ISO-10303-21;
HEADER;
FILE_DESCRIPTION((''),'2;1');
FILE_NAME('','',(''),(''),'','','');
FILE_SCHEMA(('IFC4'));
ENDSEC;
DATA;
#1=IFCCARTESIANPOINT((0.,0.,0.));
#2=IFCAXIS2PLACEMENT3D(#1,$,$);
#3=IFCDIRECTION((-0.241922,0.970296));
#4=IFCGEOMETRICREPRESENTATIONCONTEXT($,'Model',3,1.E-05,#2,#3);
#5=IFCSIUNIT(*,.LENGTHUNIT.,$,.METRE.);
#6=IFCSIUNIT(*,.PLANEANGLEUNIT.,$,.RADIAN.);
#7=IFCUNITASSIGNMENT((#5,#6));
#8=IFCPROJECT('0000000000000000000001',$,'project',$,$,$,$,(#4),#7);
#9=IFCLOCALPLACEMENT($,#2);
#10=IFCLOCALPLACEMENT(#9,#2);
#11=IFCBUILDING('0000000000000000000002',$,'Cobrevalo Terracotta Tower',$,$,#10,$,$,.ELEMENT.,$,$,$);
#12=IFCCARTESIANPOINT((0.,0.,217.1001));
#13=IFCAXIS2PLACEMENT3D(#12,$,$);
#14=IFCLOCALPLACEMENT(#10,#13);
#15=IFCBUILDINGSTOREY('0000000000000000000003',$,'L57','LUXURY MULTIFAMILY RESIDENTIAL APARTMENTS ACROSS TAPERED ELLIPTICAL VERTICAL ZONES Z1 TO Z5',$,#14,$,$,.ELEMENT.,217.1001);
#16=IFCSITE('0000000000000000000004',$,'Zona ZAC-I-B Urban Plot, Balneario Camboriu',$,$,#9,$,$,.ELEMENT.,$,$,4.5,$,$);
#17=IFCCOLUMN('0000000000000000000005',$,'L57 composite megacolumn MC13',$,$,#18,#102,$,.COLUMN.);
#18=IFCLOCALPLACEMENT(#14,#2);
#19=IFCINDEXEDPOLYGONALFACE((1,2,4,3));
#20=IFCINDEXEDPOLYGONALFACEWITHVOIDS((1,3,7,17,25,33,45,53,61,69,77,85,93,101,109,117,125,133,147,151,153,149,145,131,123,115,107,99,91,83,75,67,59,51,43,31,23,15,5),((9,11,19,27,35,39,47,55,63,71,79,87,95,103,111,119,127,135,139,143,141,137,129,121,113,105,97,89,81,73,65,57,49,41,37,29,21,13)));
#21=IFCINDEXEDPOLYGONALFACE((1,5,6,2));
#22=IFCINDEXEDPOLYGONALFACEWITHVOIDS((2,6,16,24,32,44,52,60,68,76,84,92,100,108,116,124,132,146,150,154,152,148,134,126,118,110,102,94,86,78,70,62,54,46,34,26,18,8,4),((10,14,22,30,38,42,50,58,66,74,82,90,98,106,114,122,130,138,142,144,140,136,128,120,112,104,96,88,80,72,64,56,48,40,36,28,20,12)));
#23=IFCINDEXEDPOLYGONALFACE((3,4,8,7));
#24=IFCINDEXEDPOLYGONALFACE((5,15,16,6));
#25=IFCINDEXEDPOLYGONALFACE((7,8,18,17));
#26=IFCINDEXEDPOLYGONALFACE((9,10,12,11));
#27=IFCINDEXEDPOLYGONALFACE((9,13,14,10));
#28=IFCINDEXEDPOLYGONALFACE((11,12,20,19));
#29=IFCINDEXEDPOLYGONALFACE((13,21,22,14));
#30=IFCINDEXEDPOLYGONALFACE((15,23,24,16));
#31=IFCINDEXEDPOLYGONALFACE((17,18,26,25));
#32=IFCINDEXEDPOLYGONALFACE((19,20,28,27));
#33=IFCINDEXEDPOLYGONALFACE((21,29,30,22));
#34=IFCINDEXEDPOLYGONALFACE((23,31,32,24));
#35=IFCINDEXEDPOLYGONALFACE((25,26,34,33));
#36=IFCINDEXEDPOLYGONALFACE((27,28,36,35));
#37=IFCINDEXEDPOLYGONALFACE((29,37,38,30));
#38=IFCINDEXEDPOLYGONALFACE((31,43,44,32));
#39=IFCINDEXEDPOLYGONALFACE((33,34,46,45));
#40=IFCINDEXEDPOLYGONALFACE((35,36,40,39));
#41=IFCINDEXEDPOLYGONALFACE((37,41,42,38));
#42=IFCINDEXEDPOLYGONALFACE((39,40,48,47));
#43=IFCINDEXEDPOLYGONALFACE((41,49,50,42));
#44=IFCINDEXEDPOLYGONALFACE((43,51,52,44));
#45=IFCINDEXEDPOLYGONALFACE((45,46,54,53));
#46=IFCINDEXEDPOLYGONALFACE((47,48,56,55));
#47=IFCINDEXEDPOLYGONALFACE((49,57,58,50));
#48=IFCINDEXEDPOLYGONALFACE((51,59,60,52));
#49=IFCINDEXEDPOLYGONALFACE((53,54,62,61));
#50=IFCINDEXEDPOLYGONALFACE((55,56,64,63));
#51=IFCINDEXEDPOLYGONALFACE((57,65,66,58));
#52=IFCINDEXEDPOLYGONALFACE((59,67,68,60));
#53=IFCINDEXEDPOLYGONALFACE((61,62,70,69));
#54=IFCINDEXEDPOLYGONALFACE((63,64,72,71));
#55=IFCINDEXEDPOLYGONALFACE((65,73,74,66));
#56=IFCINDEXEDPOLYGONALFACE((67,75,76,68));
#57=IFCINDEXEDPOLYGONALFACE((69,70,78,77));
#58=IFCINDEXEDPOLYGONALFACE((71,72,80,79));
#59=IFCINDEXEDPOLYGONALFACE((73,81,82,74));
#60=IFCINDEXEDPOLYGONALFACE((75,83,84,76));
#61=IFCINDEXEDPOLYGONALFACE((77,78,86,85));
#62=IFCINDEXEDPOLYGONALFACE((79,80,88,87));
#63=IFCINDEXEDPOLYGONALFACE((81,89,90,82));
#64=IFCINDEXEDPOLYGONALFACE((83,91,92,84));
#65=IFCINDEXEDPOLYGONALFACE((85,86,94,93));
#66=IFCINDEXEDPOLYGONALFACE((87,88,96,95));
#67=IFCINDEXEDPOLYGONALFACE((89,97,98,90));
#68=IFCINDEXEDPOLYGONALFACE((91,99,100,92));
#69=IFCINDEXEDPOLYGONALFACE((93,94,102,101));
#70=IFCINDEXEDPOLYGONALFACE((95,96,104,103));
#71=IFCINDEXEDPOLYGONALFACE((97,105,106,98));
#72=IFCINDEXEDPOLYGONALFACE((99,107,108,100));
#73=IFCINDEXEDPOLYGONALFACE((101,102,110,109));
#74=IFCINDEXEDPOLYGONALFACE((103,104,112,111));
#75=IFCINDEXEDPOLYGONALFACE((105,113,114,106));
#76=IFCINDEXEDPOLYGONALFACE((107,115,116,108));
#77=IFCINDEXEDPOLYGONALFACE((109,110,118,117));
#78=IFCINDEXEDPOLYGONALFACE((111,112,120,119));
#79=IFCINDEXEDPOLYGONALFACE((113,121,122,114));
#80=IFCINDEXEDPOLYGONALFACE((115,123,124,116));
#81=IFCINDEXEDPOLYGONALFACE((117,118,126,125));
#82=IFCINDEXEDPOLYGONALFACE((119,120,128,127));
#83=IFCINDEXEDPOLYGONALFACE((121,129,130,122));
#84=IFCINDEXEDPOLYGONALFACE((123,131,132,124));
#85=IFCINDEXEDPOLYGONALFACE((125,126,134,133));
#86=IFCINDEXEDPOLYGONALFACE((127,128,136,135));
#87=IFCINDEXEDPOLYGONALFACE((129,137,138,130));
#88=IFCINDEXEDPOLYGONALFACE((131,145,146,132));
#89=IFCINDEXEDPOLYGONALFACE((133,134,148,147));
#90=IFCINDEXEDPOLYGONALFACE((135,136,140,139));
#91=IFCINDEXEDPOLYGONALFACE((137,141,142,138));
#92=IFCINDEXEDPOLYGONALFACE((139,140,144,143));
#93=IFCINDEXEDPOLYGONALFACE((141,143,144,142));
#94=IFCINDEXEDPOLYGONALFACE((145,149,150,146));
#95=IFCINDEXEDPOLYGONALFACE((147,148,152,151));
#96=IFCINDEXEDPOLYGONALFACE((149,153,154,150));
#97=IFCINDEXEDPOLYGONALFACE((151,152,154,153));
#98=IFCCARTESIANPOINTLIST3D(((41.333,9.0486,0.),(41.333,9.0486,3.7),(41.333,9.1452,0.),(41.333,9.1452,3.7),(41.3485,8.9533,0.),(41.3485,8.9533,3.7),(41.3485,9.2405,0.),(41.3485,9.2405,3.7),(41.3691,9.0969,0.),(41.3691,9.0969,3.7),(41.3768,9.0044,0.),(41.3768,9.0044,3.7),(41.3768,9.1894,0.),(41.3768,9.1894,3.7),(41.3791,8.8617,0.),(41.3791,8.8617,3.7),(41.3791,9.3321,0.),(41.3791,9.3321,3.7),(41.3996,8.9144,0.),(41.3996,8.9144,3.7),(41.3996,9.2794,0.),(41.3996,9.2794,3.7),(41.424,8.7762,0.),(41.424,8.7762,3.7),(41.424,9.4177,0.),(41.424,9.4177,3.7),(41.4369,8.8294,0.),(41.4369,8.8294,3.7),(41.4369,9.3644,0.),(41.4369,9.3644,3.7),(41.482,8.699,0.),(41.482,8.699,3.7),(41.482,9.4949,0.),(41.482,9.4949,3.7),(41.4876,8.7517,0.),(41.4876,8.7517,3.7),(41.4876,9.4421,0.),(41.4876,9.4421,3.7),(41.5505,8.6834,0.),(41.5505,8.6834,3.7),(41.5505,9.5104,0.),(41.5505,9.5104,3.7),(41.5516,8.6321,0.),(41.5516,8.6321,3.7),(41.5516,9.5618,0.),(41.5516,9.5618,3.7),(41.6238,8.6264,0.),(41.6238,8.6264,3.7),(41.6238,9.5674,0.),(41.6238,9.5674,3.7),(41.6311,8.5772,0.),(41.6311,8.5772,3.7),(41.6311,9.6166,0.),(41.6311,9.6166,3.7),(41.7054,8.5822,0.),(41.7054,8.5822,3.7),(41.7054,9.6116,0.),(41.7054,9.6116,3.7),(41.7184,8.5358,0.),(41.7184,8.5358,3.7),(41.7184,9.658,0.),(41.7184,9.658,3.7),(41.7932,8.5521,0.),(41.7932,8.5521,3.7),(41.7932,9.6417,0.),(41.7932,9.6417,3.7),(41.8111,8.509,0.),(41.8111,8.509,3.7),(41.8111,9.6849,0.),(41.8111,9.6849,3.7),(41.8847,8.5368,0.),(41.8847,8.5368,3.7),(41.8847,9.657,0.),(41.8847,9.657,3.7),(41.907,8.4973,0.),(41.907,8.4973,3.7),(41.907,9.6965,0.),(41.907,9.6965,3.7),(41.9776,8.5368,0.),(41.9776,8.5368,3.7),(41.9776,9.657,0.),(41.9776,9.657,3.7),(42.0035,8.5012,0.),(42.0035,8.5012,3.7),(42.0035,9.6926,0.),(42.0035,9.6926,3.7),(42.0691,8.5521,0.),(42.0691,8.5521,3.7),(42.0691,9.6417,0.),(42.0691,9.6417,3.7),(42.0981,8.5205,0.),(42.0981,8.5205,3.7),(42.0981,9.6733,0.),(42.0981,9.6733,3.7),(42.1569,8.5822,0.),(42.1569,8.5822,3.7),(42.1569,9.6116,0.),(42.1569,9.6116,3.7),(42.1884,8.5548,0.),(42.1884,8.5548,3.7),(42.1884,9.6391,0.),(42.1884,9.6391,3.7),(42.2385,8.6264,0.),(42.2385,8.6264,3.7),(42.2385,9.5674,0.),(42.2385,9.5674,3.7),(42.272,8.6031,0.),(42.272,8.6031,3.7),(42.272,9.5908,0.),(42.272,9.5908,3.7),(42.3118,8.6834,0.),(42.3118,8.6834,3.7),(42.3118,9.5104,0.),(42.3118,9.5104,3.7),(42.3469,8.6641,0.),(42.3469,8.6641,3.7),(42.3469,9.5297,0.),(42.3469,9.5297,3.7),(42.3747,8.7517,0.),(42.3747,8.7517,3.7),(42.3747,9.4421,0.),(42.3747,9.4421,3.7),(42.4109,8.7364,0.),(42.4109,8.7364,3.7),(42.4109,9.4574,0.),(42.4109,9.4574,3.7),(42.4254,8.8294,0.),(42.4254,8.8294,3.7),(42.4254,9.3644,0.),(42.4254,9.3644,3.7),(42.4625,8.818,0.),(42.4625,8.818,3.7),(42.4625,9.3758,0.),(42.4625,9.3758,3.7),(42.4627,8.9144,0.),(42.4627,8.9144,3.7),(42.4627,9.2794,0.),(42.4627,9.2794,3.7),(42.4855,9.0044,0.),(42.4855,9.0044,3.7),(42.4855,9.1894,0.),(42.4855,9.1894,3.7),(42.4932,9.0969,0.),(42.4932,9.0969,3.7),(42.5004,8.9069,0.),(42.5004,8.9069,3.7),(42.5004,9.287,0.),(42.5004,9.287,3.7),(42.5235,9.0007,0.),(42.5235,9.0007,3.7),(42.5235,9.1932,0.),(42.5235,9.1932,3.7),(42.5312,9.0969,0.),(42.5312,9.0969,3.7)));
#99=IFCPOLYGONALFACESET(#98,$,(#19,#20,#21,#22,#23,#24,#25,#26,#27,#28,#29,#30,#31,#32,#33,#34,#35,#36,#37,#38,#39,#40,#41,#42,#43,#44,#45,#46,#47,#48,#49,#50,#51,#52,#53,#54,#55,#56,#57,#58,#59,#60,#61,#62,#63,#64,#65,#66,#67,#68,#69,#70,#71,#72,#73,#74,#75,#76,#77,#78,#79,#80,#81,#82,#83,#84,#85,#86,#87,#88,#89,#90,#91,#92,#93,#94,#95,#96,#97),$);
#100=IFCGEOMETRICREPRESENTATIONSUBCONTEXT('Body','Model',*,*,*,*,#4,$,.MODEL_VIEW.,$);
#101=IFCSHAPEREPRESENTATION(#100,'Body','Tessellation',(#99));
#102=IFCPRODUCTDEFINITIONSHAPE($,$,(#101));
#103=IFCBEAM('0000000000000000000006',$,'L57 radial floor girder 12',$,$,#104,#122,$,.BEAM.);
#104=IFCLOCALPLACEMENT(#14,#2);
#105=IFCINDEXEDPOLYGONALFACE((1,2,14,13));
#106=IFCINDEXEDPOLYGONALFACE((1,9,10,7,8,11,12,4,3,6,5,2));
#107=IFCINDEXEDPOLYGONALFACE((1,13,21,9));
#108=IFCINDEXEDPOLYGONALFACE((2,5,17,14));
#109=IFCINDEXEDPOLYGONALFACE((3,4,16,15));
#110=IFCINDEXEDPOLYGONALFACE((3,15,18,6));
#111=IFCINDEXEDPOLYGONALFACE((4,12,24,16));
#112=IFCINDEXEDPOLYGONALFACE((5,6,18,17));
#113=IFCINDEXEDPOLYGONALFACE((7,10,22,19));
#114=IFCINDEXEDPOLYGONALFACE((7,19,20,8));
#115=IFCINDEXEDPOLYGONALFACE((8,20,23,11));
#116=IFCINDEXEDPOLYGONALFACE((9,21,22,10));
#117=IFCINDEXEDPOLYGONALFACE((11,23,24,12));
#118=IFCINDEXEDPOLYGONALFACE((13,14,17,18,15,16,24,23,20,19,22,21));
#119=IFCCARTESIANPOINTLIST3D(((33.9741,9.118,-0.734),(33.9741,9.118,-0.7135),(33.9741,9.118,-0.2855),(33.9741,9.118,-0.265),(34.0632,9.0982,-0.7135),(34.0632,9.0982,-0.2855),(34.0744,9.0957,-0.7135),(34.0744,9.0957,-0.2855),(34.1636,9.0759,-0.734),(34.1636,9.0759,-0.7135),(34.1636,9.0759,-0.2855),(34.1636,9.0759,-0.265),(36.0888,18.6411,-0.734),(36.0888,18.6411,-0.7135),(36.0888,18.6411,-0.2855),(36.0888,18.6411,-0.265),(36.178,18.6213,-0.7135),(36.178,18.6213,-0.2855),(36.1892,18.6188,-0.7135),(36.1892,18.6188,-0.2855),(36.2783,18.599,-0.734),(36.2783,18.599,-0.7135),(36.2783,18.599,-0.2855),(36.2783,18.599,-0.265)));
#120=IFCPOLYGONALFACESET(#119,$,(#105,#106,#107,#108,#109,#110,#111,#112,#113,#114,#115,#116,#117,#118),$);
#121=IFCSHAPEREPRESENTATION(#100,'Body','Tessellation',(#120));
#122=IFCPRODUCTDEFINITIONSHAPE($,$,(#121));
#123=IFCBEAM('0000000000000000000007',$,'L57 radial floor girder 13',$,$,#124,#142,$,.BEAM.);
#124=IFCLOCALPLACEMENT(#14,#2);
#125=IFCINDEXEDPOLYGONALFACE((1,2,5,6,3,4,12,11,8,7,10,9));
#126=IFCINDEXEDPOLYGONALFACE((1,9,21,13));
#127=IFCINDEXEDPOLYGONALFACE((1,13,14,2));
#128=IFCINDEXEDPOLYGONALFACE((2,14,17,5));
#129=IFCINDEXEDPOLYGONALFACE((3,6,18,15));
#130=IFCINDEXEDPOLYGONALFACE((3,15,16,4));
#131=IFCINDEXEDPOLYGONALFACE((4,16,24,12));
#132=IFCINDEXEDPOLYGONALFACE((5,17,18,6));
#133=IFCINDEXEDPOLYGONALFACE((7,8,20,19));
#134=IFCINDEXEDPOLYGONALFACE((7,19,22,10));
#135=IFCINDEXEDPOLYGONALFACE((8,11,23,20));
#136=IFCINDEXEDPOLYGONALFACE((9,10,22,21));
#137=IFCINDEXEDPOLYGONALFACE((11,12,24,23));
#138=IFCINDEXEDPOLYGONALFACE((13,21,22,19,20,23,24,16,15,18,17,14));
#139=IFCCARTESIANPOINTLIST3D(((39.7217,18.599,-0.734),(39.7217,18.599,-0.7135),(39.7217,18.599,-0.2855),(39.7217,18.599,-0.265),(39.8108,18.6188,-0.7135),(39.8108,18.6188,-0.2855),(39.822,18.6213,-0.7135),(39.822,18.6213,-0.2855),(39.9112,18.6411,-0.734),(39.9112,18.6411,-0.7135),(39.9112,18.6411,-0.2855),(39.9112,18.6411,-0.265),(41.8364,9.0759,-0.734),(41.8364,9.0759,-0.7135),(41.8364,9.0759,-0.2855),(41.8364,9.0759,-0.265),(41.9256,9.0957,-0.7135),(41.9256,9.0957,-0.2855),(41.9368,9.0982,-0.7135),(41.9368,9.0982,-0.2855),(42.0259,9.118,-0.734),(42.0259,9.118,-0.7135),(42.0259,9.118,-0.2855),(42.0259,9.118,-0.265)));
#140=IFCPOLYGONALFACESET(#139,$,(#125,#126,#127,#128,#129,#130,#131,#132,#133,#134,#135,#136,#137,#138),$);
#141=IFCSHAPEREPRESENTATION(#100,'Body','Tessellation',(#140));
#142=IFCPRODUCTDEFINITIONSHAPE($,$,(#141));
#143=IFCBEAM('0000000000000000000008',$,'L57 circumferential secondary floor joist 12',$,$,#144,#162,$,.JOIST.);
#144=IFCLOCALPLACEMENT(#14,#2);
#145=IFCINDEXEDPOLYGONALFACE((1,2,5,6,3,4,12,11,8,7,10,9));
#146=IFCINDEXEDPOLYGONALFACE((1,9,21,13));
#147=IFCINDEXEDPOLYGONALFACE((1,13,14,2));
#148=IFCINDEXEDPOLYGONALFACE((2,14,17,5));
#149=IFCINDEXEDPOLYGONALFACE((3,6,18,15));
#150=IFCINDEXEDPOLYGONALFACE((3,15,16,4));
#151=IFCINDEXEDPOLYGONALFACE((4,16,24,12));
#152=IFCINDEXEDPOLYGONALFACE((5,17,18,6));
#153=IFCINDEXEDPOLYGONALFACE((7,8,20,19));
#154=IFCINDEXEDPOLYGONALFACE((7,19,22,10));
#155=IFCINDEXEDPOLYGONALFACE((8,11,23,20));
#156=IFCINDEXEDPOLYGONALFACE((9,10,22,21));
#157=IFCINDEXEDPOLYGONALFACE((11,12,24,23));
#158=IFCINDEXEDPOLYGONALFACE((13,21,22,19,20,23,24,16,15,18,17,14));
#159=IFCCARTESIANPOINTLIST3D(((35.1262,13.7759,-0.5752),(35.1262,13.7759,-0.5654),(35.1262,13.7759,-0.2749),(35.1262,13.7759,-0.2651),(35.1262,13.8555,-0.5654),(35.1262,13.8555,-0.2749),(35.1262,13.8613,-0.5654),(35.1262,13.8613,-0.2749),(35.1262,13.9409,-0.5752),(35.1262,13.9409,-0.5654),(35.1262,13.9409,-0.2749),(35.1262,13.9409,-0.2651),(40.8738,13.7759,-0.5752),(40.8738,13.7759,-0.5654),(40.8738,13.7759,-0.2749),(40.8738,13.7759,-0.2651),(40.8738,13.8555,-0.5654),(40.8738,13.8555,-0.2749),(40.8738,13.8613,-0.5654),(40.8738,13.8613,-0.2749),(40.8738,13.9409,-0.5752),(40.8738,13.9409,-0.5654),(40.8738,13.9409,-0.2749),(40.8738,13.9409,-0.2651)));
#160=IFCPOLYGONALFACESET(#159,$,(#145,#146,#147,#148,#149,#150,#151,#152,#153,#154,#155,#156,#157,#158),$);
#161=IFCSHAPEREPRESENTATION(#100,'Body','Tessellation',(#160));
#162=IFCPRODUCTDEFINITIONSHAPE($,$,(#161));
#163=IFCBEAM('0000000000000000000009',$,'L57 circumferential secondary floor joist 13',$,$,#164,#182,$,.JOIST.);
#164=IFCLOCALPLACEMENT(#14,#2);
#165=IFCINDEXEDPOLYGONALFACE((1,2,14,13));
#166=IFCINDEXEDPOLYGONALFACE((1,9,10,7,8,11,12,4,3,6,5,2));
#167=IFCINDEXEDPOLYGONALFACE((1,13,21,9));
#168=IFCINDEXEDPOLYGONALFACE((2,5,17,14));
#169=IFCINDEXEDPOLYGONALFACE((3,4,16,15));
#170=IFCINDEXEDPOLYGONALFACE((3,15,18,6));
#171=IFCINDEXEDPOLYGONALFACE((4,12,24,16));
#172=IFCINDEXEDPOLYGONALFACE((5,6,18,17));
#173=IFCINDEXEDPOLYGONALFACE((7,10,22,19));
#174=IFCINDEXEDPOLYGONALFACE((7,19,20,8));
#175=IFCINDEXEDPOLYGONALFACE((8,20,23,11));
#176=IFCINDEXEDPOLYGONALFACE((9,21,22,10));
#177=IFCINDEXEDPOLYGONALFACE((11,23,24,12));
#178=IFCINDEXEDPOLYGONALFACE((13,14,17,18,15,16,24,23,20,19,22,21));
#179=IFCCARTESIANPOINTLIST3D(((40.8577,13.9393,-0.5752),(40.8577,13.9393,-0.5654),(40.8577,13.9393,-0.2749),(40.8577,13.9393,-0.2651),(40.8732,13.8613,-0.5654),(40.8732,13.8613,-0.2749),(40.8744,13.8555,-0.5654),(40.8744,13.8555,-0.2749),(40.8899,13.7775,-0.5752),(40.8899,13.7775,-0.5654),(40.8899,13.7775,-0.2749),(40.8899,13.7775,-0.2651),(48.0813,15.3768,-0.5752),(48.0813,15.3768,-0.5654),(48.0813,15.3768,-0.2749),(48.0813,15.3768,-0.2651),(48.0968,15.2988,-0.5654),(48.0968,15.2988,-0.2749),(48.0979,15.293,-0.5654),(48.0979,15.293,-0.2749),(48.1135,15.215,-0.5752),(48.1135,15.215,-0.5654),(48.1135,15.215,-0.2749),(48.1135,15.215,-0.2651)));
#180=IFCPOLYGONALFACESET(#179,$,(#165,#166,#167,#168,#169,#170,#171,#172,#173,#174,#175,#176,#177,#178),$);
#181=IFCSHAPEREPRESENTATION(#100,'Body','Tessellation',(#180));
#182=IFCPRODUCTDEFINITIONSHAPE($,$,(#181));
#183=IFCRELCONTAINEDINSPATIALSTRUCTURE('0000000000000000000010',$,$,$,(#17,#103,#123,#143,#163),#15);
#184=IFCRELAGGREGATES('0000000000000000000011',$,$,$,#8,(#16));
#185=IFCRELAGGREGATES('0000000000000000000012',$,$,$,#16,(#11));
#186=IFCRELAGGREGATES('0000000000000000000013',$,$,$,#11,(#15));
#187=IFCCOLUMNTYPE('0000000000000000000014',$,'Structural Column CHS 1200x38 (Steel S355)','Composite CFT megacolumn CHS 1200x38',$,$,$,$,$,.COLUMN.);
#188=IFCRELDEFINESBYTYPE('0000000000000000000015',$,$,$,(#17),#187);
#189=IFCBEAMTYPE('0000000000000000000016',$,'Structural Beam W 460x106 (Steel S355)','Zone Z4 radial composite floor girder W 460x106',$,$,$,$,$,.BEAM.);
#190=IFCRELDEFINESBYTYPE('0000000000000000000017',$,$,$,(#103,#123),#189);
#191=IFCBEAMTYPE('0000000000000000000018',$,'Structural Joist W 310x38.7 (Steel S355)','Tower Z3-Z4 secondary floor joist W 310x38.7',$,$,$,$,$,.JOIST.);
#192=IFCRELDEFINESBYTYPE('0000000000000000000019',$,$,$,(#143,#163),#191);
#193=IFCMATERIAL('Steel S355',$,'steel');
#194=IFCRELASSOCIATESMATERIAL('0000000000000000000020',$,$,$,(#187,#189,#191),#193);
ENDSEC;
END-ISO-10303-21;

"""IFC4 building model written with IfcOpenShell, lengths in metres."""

from ifc_helpers import new_model, si_unit, direction, frame, origin, origin_2d, place, context, subcontext, project, spatial, hollow_circle, i_section, extrude, material, material_profile, profile_set, type_object, element, save


model = new_model("IFC4")

# Units and contexts
model_context = context("Model", 3, precision=1e-05, world=origin(), true_north=direction((-0.241922, 0.970296)))
body_context = subcontext(model_context, "Body", "Model", "MODEL_VIEW")
ifc_project = project(units=[si_unit("LENGTHUNIT", "METRE"), si_unit("PLANEANGLEUNIT", "RADIAN")], contexts=[model_context])

# Site, building, storey
site_placement = place(None, origin())
site = spatial("IfcSite", under=ifc_project, at=site_placement, Name="Zona ZAC-I-B Urban Plot, Balneario Camboriu", CompositionType="ELEMENT", RefElevation=4.5)
building_placement = place(site_placement, origin())
building = spatial("IfcBuilding", under=site, at=building_placement, Name="Cobrevalo Terracotta Tower", CompositionType="ELEMENT")
storey_placement = place(building_placement, frame((0.0, 0.0, 217.1001)))
storey = spatial("IfcBuildingStorey", under=building, at=storey_placement, Name="L57", Description="LUXURY MULTIFAMILY RESIDENTIAL APARTMENTS ACROSS TAPERED ELLIPTICAL VERTICAL ZONES Z1 TO Z5", CompositionType="ELEMENT", Elevation=217.1001)

# Column
ifc_material_1 = material(Name="Steel S355", Category="steel")
ifc_material_profile_1 = material_profile(ifc_material_1, hollow_circle(Radius=0.6001, WallThickness=0.0381, at=origin_2d()), Name="CHS 1200x38")
ifc_profile_set_1 = profile_set([ifc_material_profile_1], Name="Steel S355")
column_type = type_object("IfcColumnType", Name="Structural Column CHS 1200x38 (Steel S355)", Description="Composite CFT megacolumn CHS 1200x38", PredefinedType="COLUMN", material=ifc_profile_set_1)
column_placement = place(storey_placement, frame((41.9312, 9.0969, 0.0), z_axis=(0.0, 0.0, 1.0), x_axis=(1.0, 0.0, 0.0)))
element("IfcColumn", 1, at=column_placement, inside=storey, type_object=column_type, Name="L57 composite megacolumn MC13", PredefinedType="COLUMN", context=body_context, shape_type="SweptSolid", body=[
    extrude(hollow_circle(Radius=0.6001, WallThickness=0.0381, at=origin_2d()), origin(), (0.0, 0.0, 1.0), 3.7),
])

# Beams
ifc_material_profile_2 = material_profile(ifc_material_1, i_section(OverallWidth=0.1941, OverallDepth=0.469, WebThickness=0.0115, FlangeThickness=0.0205, at=origin_2d()), Name="W 460x106")
ifc_profile_set_2 = profile_set([ifc_material_profile_2], Name="Steel S355")
beam_type_1 = type_object("IfcBeamType", Name="Structural Beam W 460x106 (Steel S355)", Description="Zone Z4 radial composite floor girder W 460x106", PredefinedType="BEAM", material=ifc_profile_set_2)
for number, where, z_axis, x_axis, name in (
    (2, (34.0688, 9.0969, -0.4995), (0.216782, 0.97622, 0.0), (-0.97622, 0.216782, 0.0), "L57 radial floor girder 12"),
    (3, (41.9312, 9.0969, -0.4995), (-0.216782, 0.97622, 0.0), (-0.97622, -0.216782, 0.0), "L57 radial floor girder 13"),
):
    element("IfcBeam", number, at=place(storey_placement, frame(where, z_axis=z_axis, x_axis=x_axis)), inside=storey, type_object=beam_type_1, Name=name, PredefinedType="BEAM", context=body_context, shape_type="SweptSolid", body=[
        extrude(i_section(OverallWidth=0.1941, OverallDepth=0.469, WebThickness=0.0115, FlangeThickness=0.0205, at=origin_2d()), origin(), (0.0, 0.0, 1.0), 9.7551),
    ])
ifc_material_profile_3 = material_profile(ifc_material_1, i_section(OverallWidth=0.165, OverallDepth=0.3101, WebThickness=0.0059, FlangeThickness=0.0098, at=origin_2d()), Name="W 310x38.7")
ifc_profile_set_3 = profile_set([ifc_material_profile_3], Name="Steel S355")
beam_type_2 = type_object("IfcBeamType", Name="Structural Joist W 310x38.7 (Steel S355)", Description="Tower Z3-Z4 secondary floor joist W 310x38.7", PredefinedType="JOIST", material=ifc_profile_set_3)
beam_1_placement = place(storey_placement, frame((35.1262, 13.8584, -0.4202), z_axis=(1.0, 0.0, 0.0), x_axis=(0.0, 1.0, 0.0)))
element("IfcBeam", 4, at=beam_1_placement, inside=storey, type_object=beam_type_2, Name="L57 circumferential secondary floor joist 12", PredefinedType="JOIST", context=body_context, shape_type="SweptSolid", body=[
    extrude(i_section(OverallWidth=0.165, OverallDepth=0.3101, WebThickness=0.0059, FlangeThickness=0.0098, at=origin_2d()), origin(), (0.0, 0.0, 1.0), 5.7476),
])
beam_2_placement = place(storey_placement, frame((40.8738, 13.8584, -0.4202), z_axis=(0.980769, 0.195173, 0.0), x_axis=(-0.195173, 0.980769, 0.0)))
element("IfcBeam", 5, at=beam_2_placement, inside=storey, type_object=beam_type_2, Name="L57 circumferential secondary floor joist 13", PredefinedType="JOIST", context=body_context, shape_type="SweptSolid", body=[
    extrude(i_section(OverallWidth=0.165, OverallDepth=0.3101, WebThickness=0.0059, FlangeThickness=0.0098, at=origin_2d()), origin(), (0.0, 0.0, 1.0), 7.3652),
])

save(model, "model.ifc")
